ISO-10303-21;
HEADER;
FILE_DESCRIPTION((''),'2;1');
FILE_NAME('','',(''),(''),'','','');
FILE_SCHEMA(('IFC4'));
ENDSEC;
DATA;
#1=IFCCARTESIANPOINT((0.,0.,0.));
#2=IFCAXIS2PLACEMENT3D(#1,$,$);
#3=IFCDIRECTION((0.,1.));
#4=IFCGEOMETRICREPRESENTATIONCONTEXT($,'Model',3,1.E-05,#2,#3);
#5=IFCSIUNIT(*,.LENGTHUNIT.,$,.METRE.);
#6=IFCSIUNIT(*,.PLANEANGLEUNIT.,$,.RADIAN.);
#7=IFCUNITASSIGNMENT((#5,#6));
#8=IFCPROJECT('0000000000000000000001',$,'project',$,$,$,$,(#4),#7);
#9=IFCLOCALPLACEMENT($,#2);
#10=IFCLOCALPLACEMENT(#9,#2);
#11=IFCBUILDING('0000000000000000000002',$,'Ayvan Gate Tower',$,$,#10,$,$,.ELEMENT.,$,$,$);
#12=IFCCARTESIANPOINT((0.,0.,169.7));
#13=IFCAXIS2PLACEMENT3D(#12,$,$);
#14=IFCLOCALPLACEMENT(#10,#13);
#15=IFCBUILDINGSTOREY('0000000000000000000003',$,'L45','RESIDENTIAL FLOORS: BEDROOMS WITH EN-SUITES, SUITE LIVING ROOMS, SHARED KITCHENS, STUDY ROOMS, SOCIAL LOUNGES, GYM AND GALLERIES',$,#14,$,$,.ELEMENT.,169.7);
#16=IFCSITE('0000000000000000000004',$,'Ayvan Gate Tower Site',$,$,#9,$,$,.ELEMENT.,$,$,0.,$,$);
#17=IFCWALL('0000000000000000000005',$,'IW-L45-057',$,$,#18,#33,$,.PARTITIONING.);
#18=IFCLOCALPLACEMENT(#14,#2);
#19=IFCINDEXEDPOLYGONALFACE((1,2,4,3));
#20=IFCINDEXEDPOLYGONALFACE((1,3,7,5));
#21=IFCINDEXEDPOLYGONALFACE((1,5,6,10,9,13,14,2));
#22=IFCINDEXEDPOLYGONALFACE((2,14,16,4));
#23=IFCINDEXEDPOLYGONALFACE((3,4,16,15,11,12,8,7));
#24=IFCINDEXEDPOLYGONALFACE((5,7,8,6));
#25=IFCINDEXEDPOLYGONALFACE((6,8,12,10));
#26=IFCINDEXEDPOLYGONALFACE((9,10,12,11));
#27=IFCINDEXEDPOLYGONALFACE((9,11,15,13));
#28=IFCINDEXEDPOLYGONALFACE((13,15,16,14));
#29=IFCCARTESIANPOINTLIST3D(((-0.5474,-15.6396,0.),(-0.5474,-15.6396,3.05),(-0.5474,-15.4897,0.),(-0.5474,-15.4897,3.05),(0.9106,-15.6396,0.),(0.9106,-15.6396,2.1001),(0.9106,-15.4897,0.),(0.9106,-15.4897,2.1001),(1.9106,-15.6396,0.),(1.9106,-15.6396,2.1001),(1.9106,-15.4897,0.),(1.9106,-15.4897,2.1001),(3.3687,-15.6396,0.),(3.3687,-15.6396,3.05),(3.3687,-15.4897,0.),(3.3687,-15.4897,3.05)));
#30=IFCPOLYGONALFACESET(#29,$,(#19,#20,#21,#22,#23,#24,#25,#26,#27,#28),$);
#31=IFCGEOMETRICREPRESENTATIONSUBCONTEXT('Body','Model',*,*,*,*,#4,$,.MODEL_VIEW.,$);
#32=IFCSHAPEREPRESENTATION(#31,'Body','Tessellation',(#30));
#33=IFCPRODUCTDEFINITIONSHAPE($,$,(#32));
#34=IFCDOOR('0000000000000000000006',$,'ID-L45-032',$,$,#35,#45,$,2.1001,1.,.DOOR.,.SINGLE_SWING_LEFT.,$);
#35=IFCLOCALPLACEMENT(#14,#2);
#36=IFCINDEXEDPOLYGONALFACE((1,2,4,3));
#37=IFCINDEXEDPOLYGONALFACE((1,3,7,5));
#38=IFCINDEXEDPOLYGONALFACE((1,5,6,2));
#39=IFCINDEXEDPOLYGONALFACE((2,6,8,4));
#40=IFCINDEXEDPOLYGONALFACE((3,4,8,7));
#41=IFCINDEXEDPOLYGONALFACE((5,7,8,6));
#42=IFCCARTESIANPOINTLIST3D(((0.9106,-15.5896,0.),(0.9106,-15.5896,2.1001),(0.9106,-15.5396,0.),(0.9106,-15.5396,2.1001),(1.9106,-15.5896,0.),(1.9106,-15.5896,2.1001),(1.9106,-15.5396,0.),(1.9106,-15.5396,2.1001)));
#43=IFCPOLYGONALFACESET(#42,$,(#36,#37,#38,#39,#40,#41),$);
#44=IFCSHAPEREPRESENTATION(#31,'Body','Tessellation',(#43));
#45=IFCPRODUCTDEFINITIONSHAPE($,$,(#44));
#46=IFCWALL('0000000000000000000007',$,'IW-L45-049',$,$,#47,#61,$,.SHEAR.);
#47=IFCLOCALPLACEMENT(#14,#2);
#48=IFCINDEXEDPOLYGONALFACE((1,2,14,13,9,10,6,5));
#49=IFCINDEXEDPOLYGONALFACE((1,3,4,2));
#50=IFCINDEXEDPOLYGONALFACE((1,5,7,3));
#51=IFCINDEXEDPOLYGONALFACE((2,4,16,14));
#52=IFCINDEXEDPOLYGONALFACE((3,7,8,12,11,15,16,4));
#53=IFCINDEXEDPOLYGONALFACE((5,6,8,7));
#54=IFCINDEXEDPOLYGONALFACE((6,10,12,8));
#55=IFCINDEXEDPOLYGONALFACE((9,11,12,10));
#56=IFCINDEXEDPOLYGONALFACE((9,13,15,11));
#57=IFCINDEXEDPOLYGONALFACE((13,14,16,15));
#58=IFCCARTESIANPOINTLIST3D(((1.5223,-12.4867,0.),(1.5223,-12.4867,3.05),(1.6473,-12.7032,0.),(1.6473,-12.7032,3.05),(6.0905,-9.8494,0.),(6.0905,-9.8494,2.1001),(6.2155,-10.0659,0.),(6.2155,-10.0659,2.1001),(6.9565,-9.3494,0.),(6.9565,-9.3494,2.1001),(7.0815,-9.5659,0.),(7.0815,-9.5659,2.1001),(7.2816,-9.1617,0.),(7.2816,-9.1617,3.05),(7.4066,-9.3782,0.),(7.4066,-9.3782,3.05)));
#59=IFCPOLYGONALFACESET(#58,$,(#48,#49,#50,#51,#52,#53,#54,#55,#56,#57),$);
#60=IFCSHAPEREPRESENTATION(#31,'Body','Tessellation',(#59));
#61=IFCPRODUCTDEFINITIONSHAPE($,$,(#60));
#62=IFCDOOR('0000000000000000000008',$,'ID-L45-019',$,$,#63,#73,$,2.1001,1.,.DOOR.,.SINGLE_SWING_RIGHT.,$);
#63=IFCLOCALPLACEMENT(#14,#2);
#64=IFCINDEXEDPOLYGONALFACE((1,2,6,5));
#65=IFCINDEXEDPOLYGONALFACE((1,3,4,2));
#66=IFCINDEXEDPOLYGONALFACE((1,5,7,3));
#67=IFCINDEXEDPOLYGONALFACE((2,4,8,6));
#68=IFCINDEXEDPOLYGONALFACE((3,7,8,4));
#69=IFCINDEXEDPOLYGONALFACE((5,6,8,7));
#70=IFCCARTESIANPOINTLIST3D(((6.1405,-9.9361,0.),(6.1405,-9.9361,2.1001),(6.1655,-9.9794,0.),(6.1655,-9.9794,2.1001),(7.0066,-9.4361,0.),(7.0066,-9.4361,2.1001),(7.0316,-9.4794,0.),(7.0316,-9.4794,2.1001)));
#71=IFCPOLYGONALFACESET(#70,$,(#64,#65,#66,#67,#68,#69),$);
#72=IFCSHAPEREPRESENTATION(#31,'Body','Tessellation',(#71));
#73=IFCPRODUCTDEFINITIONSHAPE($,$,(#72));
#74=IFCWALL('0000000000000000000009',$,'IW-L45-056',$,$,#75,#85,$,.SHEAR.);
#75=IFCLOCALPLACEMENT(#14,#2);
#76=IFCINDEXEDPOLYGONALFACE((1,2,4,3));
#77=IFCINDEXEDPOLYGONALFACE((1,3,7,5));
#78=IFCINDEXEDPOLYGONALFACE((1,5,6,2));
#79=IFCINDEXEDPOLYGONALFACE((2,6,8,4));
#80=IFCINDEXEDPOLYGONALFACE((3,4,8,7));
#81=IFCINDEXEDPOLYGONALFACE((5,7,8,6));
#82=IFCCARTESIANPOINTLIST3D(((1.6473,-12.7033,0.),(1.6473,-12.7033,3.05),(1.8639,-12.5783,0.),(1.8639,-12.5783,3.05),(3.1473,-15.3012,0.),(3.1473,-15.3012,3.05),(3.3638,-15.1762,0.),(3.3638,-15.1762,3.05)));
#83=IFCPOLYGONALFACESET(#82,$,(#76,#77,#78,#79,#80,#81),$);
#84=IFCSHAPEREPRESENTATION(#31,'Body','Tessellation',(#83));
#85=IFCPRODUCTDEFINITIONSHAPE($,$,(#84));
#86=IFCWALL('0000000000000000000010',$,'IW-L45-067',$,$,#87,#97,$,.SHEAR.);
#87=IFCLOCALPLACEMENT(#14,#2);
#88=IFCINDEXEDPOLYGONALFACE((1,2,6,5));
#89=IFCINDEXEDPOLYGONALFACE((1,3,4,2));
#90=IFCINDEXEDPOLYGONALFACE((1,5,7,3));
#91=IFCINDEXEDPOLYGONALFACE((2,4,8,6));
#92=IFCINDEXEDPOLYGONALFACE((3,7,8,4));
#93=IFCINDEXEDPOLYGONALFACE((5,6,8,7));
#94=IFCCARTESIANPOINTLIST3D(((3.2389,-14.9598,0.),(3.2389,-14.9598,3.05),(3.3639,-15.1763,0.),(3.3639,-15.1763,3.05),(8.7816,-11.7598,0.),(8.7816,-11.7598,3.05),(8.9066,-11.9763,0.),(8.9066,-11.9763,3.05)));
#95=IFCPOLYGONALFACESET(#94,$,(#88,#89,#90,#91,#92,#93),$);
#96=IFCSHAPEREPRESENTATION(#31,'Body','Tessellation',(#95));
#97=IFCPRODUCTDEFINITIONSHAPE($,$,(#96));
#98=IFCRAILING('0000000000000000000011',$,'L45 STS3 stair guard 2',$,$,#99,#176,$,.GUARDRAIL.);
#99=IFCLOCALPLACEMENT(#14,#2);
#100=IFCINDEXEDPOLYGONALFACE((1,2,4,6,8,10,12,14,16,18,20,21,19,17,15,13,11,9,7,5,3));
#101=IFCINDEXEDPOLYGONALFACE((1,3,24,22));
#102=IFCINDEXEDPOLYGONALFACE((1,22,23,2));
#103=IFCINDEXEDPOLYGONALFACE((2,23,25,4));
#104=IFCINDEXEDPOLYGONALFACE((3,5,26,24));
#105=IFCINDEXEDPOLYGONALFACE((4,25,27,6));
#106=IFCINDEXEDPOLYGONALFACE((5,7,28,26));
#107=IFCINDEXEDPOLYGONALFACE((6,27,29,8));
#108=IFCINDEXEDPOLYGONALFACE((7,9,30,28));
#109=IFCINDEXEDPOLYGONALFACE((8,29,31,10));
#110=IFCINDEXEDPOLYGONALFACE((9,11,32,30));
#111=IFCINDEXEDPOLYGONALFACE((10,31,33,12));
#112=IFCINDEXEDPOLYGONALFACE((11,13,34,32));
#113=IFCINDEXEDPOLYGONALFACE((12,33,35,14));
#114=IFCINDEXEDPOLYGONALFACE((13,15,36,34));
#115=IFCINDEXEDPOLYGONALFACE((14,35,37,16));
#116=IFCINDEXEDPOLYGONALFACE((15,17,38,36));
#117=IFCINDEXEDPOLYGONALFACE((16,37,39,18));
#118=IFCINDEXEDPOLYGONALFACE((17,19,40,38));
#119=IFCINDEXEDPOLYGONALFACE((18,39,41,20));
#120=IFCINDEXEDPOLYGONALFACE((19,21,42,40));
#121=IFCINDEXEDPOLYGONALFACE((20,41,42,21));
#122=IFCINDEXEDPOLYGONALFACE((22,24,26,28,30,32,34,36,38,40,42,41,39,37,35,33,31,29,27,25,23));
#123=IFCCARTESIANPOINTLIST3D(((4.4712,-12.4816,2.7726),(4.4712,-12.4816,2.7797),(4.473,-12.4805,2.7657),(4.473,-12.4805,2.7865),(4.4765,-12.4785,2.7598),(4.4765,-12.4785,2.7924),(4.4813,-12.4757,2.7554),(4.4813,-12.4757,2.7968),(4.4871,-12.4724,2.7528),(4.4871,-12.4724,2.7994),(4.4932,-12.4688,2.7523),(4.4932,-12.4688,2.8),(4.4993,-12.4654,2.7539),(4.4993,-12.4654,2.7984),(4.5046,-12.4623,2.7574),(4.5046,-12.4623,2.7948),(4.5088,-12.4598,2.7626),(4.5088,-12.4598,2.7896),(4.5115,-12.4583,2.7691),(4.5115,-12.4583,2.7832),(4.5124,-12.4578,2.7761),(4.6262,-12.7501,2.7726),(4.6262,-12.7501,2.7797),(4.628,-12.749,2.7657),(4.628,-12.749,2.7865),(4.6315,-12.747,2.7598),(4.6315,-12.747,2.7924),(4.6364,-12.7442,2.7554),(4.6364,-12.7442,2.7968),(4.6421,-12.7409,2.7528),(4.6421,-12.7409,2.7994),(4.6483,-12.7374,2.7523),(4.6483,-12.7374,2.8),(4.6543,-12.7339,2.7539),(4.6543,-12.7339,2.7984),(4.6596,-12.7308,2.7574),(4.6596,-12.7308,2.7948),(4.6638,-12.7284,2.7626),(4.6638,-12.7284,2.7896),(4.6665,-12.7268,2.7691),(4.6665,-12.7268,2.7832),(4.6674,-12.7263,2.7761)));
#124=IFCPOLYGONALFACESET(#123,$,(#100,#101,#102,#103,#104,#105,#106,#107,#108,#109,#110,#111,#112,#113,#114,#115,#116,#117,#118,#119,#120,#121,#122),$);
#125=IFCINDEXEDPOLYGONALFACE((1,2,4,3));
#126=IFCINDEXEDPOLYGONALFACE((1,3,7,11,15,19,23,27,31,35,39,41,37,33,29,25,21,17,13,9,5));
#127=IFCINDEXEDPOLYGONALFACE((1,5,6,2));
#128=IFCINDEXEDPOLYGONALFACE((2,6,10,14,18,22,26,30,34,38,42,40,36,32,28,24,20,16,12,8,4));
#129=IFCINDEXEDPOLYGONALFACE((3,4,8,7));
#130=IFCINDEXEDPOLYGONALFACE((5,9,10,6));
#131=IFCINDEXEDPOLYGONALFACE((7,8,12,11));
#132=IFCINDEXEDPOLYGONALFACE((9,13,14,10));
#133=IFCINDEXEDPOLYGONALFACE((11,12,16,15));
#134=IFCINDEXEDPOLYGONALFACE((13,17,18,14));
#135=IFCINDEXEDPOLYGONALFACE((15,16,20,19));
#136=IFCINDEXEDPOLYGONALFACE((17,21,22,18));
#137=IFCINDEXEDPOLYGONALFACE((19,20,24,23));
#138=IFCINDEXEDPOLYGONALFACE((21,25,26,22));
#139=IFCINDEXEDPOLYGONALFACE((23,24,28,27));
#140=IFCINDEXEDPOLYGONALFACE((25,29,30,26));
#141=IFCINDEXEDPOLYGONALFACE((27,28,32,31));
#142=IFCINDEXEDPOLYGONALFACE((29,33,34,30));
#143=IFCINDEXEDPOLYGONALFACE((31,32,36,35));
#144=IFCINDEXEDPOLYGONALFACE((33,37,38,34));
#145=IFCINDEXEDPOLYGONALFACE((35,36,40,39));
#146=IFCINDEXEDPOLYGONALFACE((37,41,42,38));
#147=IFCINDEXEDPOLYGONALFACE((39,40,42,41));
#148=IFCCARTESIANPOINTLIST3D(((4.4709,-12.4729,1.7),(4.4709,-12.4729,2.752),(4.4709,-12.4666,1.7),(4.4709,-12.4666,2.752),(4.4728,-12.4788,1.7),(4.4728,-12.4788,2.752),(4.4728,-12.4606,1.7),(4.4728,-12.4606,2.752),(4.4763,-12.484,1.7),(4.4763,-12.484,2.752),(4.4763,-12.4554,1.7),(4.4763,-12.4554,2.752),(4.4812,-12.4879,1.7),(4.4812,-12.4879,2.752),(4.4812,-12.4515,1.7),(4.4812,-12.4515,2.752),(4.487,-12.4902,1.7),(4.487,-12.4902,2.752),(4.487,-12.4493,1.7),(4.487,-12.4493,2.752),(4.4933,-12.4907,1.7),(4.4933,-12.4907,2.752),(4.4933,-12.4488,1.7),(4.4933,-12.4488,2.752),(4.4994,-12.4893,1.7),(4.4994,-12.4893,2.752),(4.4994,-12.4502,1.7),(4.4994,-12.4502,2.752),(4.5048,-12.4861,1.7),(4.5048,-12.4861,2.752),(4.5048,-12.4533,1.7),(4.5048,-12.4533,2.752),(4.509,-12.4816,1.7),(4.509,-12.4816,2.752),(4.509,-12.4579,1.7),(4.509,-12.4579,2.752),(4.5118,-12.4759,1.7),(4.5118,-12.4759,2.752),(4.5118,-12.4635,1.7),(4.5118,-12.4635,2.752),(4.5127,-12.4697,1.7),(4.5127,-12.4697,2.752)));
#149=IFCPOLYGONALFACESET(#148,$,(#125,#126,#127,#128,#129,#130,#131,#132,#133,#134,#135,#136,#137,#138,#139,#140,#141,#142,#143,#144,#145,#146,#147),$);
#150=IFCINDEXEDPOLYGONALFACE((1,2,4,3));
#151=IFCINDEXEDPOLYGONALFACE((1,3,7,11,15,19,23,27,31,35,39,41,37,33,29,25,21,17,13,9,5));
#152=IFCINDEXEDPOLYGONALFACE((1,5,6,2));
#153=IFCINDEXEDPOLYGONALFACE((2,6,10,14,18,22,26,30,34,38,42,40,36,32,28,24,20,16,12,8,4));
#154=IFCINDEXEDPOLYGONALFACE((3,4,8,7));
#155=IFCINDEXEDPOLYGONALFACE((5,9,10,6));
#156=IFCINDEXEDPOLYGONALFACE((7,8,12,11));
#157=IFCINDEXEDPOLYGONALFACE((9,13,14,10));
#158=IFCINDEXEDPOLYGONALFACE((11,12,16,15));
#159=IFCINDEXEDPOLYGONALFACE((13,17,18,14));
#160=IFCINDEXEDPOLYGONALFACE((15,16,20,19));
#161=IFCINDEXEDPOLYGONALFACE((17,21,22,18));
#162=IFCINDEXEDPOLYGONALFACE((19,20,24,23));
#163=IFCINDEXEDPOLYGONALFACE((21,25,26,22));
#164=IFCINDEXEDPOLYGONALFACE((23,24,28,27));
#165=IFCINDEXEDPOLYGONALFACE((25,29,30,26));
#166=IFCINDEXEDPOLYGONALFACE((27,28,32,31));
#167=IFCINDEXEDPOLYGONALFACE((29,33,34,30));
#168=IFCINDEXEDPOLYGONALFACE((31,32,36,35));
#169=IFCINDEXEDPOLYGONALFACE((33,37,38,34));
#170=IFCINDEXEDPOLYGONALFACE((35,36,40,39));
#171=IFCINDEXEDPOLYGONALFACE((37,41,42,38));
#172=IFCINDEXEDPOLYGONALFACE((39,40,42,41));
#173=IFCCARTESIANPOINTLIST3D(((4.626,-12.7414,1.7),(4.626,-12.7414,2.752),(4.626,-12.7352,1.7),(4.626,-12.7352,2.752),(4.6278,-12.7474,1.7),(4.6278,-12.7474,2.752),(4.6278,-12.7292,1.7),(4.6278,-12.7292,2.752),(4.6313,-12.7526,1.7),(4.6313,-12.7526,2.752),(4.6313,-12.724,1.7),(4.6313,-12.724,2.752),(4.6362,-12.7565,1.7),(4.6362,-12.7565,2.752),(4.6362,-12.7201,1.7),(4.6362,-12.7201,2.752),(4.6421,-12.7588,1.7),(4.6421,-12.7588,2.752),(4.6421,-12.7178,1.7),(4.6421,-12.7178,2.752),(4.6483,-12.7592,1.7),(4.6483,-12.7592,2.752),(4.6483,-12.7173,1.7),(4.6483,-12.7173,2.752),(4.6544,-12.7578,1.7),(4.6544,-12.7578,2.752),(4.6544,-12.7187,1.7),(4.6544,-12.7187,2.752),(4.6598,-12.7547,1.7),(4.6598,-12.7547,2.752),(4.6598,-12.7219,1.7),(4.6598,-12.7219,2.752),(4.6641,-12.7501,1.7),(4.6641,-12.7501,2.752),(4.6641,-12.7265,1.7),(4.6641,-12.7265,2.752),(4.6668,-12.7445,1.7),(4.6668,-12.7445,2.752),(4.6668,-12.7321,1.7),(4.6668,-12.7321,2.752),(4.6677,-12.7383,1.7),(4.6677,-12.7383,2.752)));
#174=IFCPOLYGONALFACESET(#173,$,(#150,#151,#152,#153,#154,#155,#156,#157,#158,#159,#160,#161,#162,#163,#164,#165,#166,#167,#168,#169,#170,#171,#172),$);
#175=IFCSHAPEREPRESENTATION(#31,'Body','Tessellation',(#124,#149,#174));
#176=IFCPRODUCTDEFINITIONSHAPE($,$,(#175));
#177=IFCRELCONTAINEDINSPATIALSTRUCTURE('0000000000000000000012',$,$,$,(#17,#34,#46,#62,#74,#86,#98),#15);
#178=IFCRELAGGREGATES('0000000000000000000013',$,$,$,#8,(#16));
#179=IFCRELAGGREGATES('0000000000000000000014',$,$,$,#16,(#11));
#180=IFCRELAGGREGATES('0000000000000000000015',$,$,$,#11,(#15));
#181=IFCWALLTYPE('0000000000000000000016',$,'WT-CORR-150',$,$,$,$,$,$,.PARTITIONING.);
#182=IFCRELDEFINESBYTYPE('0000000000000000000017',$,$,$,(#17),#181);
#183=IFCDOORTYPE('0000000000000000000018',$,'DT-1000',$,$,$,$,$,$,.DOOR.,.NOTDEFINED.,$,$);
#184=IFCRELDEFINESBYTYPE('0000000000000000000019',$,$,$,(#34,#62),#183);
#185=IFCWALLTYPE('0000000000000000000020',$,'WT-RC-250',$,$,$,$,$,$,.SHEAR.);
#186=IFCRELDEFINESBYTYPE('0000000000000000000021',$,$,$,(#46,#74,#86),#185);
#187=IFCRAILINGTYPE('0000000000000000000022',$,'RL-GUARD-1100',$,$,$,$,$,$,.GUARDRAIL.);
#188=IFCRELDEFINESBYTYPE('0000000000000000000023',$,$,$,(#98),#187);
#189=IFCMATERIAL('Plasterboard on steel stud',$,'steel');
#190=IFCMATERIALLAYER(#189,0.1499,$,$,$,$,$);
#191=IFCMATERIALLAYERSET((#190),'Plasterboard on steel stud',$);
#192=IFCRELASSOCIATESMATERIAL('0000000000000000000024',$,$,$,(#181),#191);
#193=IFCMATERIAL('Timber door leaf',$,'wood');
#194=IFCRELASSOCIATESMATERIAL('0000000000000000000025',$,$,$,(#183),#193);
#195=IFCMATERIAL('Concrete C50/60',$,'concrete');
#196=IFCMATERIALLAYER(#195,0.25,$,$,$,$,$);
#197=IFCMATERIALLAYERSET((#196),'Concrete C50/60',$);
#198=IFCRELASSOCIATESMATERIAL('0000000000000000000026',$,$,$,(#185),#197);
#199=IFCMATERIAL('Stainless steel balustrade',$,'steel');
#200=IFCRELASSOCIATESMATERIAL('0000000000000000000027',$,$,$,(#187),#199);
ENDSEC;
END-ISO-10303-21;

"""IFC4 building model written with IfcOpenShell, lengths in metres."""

from ifc_helpers import new_model, si_unit, direction, frame, frame_2d, origin, origin_2d, place, context, subcontext, project, spatial, rectangle, circle, extrude, material, layer, layer_set, type_object, element, fill, save


model = new_model("IFC4")

# Units and contexts
model_context = context("Model", 3, precision=1e-05, world=origin(), true_north=direction((0.0, 1.0)))
body_context = subcontext(model_context, "Body", "Model", "MODEL_VIEW")
ifc_project = project(units=[si_unit("LENGTHUNIT", "METRE"), si_unit("PLANEANGLEUNIT", "RADIAN")], contexts=[model_context])

# Site, building, storey
site_placement = place(None, origin())
site = spatial("IfcSite", under=ifc_project, at=site_placement, Name="Ayvan Gate Tower Site", CompositionType="ELEMENT", RefElevation=0.0)
building_placement = place(site_placement, origin())
building = spatial("IfcBuilding", under=site, at=building_placement, Name="Ayvan Gate Tower", CompositionType="ELEMENT")
storey_placement = place(building_placement, frame((0.0, 0.0, 169.7)))
storey = spatial("IfcBuildingStorey", under=building, at=storey_placement, Name="L45", Description="RESIDENTIAL FLOORS: BEDROOMS WITH EN-SUITES, SUITE LIVING ROOMS, SHARED KITCHENS, STUDY ROOMS, SOCIAL LOUNGES, GYM AND GALLERIES", CompositionType="ELEMENT", Elevation=169.7)

# Shared definitions
ifc_material_1 = material(Name="Plasterboard on steel stud", Category="steel")
ifc_layer_1 = layer(ifc_material_1, 0.1499)
ifc_layer_set_1 = layer_set([ifc_layer_1], Name="Plasterboard on steel stud")
wall_type_1 = type_object("IfcWallType", Name="WT-CORR-150", PredefinedType="PARTITIONING", material=ifc_layer_set_1)

# Walls, openings, doors
wall_1_placement = place(storey_placement, frame((3.3687, -15.5647, 0.0), z_axis=(0.0, 0.0, 1.0), x_axis=(-1.0, 0.0, 0.0)))
wall_1 = element("IfcWall", 1, at=wall_1_placement, inside=storey, type_object=wall_type_1, Name="IW-L45-057", PredefinedType="PARTITIONING", context=body_context, shape_type="SweptSolid", body=[
    extrude(rectangle(XDim=3.916, YDim=0.1499, at=frame_2d((1.958, 0.0))), origin(), (0.0, 0.0, 1.0), 3.05),
])
opening_1_placement = place(wall_1_placement, frame((1.458, 0.0, 0.0)))
opening_1 = element("IfcOpeningElement", 2, at=opening_1_placement, cuts=wall_1, PredefinedType="OPENING", context=body_context, shape_type="SweptSolid", body=[
    extrude(rectangle(XDim=1.0, YDim=2.1001, at=frame_2d((0.5, 1.05))), frame((0.0, 0.085, 0.0), z_axis=(0.0, -1.0, 0.0), x_axis=(1.0, 0.0, 0.0)), (0.0, 0.0, 1.0), 0.1699),
])
ifc_material_2 = material(Name="Timber door leaf", Category="wood")
door_type = type_object("IfcDoorType", Name="DT-1000", OperationType="NOTDEFINED", PredefinedType="DOOR", material=ifc_material_2)
door_1_placement = place(opening_1_placement, origin())
door_1 = element("IfcDoor", 3, at=door_1_placement, inside=storey, type_object=door_type, Name="ID-L45-032", OperationType="SINGLE_SWING_LEFT", OverallHeight=2.1001, OverallWidth=1.0, PredefinedType="DOOR", context=body_context, shape_type="SweptSolid", body=[
    extrude(rectangle(XDim=1.0, YDim=2.1001, at=frame_2d((0.5, 1.05))), frame((0.0, 0.0249, 0.0), z_axis=(0.0, -1.0, 0.0), x_axis=(1.0, 0.0, 0.0)), (0.0, 0.0, 1.0), 0.05),
])
fill(opening_1, door_1)
ifc_material_3 = material(Name="Concrete C50/60", Category="concrete")
ifc_layer_2 = layer(ifc_material_3, 0.25)
ifc_layer_set_2 = layer_set([ifc_layer_2], Name="Concrete C50/60")
wall_type_2 = type_object("IfcWallType", Name="WT-RC-250", PredefinedType="SHEAR", material=ifc_layer_set_2)
wall_2_placement = place(storey_placement, frame((1.5847, -12.595, 0.0), z_axis=(0.0, 0.0, 1.0), x_axis=(0.866036, 0.499981, 0.0)))
wall_2 = element("IfcWall", 4, at=wall_2_placement, inside=storey, type_object=wall_type_2, Name="IW-L45-049", PredefinedType="SHEAR", context=body_context, shape_type="SweptSolid", body=[
    extrude(rectangle(XDim=6.6501, YDim=0.25, at=frame_2d((3.3252, 0.0))), origin(), (0.0, 0.0, 1.0), 3.05),
])
opening_2_placement = place(wall_2_placement, frame((5.2749, 0.0, 0.0)))
opening_2 = element("IfcOpeningElement", 5, at=opening_2_placement, cuts=wall_2, PredefinedType="OPENING", context=body_context, shape_type="SweptSolid", body=[
    extrude(rectangle(XDim=1.0, YDim=2.1001, at=frame_2d((0.5, 1.05))), frame((0.0, 0.135, 0.0), z_axis=(0.0, -1.0, 0.0), x_axis=(1.0, 0.0, 0.0)), (0.0, 0.0, 1.0), 0.27),
])
door_2_placement = place(opening_2_placement, origin())
door_2 = element("IfcDoor", 6, at=door_2_placement, inside=storey, type_object=door_type, Name="ID-L45-019", OperationType="SINGLE_SWING_RIGHT", OverallHeight=2.1001, OverallWidth=1.0, PredefinedType="DOOR", context=body_context, shape_type="SweptSolid", body=[
    extrude(rectangle(XDim=1.0, YDim=2.1001, at=frame_2d((0.5, 1.05))), frame((0.0, 0.0249, 0.0), z_axis=(0.0, -1.0, 0.0), x_axis=(1.0, 0.0, 0.0)), (0.0, 0.0, 1.0), 0.05),
])
fill(opening_2, door_2)

# Walls
wall_3_placement = place(storey_placement, frame((3.2556, -15.2388, 0.0), z_axis=(0.0, 0.0, 1.0), x_axis=(-0.500025, 0.866011, 0.0)))
element("IfcWall", 7, at=wall_3_placement, inside=storey, type_object=wall_type_2, Name="IW-L45-056", PredefinedType="SHEAR", context=body_context, shape_type="SweptSolid", body=[
    extrude(rectangle(XDim=2.9998, YDim=0.25, at=frame_2d((1.5, 0.0))), origin(), (0.0, 0.0, 1.0), 3.05),
])
wall_4_placement = place(storey_placement, frame((3.3013, -15.0681, 0.0), z_axis=(0.0, 0.0, 1.0), x_axis=(0.866035, 0.499983, 0.0)))
element("IfcWall", 8, at=wall_4_placement, inside=storey, type_object=wall_type_2, Name="IW-L45-067", PredefinedType="SHEAR", context=body_context, shape_type="SweptSolid", body=[
    extrude(rectangle(XDim=6.4001, YDim=0.25, at=frame_2d((3.2002, 0.0))), origin(), (0.0, 0.0, 1.0), 3.05),
])

# Railing
ifc_material_4 = material(Name="Stainless steel balustrade", Category="steel")
railing_type_1 = type_object("IfcRailingType", Name="RL-GUARD-1100", PredefinedType="GUARDRAIL", material=ifc_material_4)
railing_1_placement = place(storey_placement, frame((4.4917, -12.4697, 1.7)))
element("IfcRailing", 9, at=railing_1_placement, inside=storey, type_object=railing_type_1, Name="L45 STS3 stair guard 2", PredefinedType="GUARDRAIL", context=body_context, shape_type="SweptSolid", body=[
    extrude(circle(Radius=0.0239, at=origin_2d()), frame((0.0, 0.0, 1.0762), z_axis=(0.49995, -0.866054, 0.0), x_axis=(0.866054, 0.49995, 0.0)), (0.0, 0.0, 1.0), 0.3101),
    extrude(circle(Radius=0.021, at=origin_2d()), origin(), (0.0, 0.0, 1.0), 1.052),
    extrude(circle(Radius=0.021, at=origin_2d()), frame((0.155, -0.2686, 0.0)), (0.0, 0.0, 1.0), 1.052),
])

save(model, "model.ifc")
